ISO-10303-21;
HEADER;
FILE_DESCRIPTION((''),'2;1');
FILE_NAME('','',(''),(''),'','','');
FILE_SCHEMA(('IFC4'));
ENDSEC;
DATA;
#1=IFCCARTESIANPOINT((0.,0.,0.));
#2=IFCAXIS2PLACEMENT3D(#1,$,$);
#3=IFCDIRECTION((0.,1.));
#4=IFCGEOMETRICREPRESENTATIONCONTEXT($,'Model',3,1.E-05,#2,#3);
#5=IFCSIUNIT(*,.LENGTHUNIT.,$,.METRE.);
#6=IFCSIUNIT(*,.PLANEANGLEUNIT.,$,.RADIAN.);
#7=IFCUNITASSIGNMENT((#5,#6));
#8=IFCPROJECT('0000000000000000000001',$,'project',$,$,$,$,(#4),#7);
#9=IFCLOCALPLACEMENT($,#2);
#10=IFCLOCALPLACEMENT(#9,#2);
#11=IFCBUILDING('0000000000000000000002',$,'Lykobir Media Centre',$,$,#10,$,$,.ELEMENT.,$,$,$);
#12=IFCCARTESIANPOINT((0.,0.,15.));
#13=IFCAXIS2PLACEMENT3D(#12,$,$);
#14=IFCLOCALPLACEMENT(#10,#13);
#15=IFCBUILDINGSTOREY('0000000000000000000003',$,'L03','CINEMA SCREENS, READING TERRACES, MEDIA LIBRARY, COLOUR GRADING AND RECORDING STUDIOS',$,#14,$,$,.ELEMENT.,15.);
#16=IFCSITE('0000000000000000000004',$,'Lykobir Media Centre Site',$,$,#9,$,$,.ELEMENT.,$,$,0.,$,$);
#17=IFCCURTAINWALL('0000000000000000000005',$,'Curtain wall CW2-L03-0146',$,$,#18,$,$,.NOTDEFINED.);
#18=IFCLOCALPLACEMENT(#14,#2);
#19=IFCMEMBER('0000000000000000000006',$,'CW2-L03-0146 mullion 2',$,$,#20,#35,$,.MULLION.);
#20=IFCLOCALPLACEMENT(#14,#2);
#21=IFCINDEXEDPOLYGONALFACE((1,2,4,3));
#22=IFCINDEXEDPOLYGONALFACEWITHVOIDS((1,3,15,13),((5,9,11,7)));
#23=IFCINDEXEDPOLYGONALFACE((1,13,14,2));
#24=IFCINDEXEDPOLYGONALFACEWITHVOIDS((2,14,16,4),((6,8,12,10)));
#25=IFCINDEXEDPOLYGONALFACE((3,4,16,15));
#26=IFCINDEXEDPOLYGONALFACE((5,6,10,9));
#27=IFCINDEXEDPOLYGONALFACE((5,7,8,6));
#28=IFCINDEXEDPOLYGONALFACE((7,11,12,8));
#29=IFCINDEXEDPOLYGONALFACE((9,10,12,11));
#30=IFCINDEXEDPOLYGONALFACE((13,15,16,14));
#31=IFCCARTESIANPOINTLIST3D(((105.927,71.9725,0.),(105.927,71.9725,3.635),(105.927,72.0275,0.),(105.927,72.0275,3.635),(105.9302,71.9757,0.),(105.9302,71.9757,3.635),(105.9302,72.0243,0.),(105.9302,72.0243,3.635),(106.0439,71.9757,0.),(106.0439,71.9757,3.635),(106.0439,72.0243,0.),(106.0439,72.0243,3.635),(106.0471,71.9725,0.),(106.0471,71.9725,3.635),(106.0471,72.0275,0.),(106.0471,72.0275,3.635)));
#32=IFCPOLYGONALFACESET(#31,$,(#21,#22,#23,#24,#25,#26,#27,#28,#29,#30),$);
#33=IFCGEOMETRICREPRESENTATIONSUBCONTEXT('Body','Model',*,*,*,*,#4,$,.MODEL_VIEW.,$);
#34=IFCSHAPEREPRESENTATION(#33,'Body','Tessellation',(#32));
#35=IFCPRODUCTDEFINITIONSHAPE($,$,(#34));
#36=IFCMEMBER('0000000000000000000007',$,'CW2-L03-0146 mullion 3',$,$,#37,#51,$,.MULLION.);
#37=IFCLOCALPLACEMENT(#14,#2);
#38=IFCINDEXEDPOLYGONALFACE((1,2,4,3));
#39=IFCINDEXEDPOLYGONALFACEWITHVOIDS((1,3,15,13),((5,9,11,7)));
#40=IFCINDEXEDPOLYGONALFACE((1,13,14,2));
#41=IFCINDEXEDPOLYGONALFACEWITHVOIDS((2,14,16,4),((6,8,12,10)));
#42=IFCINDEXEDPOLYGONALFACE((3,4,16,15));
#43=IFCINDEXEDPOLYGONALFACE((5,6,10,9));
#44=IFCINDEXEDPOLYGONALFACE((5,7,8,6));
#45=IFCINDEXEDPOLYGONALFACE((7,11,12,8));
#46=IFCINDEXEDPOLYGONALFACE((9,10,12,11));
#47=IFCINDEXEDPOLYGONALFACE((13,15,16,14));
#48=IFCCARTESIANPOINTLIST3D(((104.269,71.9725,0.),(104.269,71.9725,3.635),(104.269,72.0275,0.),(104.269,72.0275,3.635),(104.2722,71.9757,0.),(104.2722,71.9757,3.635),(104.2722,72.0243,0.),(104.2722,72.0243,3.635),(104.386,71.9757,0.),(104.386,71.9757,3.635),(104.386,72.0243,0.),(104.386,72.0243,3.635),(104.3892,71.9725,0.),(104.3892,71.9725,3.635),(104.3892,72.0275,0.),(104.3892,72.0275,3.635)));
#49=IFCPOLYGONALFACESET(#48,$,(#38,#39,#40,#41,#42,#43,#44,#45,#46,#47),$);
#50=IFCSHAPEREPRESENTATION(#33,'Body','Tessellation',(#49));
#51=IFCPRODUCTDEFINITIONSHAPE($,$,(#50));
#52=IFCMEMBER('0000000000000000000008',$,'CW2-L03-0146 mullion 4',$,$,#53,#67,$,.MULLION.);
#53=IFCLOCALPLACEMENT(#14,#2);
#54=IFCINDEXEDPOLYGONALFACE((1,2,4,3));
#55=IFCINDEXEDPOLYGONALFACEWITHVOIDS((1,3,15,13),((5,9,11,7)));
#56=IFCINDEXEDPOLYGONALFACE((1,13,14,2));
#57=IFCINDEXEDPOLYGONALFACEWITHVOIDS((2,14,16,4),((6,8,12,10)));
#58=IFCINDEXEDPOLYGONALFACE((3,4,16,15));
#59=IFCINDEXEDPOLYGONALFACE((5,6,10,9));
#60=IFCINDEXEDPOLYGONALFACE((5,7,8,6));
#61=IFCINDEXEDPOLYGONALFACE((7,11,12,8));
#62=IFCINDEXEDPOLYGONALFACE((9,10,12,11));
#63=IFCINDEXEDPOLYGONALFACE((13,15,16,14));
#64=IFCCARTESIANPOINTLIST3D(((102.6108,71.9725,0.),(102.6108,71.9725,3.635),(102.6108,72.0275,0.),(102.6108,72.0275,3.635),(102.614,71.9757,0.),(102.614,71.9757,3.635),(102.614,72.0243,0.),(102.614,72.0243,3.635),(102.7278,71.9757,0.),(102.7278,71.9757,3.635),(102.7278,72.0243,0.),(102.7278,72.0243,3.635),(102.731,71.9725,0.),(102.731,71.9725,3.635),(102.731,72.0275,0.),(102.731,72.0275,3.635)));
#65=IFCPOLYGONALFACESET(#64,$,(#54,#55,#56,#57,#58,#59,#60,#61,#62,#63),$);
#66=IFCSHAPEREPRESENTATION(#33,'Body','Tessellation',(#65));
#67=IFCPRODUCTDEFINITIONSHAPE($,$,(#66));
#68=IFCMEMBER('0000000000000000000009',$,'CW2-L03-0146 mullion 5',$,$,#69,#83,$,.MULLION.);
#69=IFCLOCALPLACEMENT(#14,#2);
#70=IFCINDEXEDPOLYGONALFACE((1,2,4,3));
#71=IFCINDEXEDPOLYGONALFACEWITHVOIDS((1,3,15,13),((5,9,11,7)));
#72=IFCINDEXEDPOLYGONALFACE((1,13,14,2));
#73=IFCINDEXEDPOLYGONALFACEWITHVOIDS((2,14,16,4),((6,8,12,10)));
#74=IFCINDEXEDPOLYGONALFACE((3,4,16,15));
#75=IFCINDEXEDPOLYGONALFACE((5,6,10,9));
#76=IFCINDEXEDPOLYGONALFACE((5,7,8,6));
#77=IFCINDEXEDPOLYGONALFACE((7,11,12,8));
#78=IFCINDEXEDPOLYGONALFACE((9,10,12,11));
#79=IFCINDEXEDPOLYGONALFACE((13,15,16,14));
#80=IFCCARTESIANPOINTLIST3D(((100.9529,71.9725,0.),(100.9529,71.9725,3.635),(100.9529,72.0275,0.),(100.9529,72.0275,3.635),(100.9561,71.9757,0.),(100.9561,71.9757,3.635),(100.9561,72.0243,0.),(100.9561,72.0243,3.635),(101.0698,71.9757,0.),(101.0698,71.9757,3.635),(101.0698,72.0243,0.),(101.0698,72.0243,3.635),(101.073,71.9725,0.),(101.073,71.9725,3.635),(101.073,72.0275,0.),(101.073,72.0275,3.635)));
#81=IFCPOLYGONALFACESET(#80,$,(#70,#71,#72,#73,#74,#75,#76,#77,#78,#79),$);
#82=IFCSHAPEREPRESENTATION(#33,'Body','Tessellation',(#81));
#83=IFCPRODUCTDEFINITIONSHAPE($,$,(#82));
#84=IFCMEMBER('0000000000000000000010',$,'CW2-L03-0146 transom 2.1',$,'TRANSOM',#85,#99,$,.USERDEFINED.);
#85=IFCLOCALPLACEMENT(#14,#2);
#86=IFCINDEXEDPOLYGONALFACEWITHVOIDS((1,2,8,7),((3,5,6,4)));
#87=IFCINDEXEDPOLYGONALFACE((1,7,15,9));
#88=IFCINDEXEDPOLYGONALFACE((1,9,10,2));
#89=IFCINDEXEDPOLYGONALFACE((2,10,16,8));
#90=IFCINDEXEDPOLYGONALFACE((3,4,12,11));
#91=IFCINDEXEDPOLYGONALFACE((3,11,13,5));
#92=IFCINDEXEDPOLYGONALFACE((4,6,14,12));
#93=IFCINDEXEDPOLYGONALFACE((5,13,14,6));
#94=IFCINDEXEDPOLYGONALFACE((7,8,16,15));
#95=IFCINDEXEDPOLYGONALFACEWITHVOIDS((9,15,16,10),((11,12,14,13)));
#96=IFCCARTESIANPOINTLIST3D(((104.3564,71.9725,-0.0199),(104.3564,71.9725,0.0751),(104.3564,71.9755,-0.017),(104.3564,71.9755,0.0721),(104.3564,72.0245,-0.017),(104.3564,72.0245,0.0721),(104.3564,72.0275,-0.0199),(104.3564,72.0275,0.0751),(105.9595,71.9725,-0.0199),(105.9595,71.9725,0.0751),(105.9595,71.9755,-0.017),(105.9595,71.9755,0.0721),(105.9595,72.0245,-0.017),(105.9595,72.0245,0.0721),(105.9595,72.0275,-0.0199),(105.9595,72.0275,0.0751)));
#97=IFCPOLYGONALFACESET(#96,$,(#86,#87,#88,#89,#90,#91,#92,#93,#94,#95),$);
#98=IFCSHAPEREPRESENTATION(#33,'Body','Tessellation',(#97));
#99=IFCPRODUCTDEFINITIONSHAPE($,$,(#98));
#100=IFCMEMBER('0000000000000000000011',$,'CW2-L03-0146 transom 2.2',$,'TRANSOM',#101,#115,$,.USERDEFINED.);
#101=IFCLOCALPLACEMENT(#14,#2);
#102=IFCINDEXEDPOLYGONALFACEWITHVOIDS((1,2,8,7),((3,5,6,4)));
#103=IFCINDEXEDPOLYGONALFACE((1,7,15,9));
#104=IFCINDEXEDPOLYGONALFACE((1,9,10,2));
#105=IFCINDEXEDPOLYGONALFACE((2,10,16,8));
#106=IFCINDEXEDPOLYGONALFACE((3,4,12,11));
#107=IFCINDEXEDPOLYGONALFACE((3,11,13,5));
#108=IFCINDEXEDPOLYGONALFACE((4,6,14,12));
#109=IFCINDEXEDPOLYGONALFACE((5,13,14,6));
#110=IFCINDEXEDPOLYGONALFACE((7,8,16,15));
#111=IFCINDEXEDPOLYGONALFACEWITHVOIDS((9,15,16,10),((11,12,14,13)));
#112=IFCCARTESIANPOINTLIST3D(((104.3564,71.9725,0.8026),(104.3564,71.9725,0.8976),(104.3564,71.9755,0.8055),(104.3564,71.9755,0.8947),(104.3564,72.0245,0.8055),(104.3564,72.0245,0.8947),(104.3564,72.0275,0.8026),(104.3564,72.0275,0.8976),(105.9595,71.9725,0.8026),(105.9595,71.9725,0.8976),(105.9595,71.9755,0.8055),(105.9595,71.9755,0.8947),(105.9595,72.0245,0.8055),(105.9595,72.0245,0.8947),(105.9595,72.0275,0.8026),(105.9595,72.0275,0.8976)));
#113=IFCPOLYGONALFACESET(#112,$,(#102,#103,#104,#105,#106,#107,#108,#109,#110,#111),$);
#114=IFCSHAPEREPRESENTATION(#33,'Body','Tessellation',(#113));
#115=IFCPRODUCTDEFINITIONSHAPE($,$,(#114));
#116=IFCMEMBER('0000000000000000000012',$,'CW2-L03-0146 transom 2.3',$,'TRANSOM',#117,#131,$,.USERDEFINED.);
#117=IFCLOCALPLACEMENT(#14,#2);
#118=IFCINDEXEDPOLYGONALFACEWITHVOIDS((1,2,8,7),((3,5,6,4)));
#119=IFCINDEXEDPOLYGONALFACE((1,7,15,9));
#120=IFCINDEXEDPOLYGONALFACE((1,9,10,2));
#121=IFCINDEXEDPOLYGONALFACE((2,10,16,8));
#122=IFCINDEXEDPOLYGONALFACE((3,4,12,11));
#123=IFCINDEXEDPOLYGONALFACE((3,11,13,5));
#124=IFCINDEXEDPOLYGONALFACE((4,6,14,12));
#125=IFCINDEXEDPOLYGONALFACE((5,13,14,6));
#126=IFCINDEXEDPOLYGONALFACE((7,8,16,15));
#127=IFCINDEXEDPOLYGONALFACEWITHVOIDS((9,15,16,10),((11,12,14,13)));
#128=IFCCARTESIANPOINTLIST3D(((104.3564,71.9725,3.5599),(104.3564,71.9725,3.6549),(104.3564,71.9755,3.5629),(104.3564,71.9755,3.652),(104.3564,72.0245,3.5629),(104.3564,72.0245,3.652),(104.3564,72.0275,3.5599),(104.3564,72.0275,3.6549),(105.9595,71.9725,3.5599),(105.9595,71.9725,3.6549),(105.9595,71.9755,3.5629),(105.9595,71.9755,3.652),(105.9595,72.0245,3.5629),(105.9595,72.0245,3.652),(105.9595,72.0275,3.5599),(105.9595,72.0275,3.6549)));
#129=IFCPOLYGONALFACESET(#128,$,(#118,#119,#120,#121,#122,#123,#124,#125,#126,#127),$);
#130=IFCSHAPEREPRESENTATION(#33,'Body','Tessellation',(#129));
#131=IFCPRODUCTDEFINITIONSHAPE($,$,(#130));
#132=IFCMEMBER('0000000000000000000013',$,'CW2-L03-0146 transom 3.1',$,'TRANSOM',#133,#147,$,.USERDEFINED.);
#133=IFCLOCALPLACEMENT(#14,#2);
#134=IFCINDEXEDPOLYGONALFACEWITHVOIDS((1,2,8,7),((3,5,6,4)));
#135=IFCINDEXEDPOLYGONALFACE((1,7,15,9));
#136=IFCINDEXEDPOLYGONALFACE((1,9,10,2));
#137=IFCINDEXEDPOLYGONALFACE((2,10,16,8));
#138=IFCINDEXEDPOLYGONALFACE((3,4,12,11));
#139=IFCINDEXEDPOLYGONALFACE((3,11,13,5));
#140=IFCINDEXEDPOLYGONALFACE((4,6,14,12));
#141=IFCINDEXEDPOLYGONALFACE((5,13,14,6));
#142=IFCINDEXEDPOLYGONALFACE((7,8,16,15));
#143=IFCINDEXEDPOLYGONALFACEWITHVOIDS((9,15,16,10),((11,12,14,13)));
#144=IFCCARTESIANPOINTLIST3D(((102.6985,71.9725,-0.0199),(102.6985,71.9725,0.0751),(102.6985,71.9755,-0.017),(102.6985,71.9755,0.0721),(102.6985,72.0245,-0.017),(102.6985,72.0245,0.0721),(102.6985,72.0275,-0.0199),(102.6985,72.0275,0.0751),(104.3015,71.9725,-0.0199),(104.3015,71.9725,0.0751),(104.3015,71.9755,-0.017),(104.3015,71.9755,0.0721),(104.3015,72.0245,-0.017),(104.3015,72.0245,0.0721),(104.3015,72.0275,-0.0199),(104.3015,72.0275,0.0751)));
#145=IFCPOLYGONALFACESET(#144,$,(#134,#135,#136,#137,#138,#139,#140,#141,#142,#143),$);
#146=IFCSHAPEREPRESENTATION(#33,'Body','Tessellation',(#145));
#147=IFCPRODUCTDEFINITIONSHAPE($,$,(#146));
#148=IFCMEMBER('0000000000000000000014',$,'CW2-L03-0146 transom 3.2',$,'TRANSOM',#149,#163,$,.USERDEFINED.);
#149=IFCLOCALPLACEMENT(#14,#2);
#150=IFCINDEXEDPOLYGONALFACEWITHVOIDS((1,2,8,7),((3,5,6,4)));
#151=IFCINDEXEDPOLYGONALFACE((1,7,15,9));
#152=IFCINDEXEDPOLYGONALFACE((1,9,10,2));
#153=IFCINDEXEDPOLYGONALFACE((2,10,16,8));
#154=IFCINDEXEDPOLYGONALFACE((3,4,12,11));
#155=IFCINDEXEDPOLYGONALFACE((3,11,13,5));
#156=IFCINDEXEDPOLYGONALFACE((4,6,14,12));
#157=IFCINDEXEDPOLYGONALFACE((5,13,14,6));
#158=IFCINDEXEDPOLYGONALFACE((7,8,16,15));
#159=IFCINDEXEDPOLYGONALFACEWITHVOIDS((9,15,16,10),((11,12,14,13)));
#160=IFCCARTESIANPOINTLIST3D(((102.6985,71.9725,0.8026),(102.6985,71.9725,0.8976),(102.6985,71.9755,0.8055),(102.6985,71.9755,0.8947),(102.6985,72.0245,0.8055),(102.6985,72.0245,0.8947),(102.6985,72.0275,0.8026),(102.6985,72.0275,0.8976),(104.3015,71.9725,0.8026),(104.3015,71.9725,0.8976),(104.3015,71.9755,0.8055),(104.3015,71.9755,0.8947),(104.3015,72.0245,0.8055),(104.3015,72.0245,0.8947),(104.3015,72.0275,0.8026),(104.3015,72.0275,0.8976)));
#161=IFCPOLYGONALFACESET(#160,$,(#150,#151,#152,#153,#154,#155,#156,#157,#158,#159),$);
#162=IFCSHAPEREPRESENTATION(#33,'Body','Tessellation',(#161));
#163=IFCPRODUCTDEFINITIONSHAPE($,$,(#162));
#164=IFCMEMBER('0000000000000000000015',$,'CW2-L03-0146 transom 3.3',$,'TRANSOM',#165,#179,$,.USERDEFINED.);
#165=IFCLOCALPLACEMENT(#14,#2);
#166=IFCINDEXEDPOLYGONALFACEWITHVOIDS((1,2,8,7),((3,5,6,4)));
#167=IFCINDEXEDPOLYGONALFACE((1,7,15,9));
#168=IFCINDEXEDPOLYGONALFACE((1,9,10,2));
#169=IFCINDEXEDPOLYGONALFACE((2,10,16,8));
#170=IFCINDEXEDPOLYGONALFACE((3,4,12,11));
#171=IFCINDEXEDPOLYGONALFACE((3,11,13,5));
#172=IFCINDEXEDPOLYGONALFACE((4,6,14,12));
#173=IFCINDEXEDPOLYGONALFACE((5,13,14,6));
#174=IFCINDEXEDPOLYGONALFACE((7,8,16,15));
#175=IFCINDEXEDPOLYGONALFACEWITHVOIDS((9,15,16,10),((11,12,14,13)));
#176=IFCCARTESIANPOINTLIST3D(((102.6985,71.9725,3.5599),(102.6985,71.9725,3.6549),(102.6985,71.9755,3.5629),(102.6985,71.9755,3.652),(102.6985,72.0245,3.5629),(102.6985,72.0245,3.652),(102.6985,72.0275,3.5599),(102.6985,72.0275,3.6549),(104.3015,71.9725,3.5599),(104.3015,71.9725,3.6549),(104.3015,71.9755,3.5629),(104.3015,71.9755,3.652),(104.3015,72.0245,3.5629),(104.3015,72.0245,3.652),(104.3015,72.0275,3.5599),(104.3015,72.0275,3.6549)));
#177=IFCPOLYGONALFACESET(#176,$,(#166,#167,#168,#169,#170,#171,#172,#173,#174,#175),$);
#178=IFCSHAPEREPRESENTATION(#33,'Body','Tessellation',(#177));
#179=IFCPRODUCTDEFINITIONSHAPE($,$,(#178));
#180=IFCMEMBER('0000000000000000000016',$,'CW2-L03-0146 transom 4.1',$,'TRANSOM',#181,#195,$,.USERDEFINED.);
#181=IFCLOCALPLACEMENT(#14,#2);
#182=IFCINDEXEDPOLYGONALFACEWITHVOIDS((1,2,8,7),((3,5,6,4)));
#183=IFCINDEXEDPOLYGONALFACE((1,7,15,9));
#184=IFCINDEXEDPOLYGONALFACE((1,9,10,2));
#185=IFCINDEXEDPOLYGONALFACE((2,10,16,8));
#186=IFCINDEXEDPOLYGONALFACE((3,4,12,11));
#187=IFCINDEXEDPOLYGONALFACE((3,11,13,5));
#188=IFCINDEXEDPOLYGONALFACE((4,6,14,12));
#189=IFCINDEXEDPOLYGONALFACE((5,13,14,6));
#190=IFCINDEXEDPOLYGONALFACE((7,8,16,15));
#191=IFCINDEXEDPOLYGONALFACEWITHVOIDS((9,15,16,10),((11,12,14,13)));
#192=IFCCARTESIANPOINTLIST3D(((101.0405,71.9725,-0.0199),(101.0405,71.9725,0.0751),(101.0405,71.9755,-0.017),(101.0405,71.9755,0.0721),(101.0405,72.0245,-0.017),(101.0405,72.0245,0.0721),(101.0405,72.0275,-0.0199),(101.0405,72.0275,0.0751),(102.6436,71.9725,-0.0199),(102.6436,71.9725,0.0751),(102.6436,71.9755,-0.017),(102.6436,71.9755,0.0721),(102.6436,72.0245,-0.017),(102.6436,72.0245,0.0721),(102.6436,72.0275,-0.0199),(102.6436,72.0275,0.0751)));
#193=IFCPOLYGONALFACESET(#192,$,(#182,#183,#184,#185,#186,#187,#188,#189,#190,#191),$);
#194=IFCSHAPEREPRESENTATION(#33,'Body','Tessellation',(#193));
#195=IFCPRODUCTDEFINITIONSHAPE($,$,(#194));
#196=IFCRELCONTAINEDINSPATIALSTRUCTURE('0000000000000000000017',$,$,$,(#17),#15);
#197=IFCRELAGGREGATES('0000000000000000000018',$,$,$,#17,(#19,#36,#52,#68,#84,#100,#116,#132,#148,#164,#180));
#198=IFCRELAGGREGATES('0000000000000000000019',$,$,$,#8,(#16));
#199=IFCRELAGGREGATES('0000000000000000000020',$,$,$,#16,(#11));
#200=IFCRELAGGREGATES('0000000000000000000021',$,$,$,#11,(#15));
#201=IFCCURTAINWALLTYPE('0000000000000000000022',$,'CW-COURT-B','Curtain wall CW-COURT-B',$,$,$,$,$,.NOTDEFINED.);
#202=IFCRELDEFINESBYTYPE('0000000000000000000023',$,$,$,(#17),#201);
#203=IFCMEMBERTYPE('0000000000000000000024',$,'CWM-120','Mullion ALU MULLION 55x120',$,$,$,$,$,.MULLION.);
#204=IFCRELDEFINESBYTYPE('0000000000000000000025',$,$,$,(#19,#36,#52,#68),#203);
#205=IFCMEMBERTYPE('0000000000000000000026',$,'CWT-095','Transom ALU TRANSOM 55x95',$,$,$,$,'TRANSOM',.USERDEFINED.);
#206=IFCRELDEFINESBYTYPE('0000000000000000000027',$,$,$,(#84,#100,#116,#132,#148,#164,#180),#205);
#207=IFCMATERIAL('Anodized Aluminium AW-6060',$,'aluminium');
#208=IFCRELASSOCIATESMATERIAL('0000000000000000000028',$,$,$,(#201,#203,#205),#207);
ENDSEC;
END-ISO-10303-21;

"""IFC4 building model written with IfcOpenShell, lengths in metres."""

from ifc_helpers import new_model, si_unit, direction, frame, origin, origin_2d, place, context, subcontext, project, spatial, hollow_rectangle, extrude, material, material_profile, profile_set, type_object, element, aggregate, save


model = new_model("IFC4")

# Units and contexts
model_context = context("Model", 3, precision=1e-05, world=origin(), true_north=direction((0.0, 1.0)))
body_context = subcontext(model_context, "Body", "Model", "MODEL_VIEW")
ifc_project = project(units=[si_unit("LENGTHUNIT", "METRE"), si_unit("PLANEANGLEUNIT", "RADIAN")], contexts=[model_context])

# Site, building, storey
site_placement = place(None, origin())
site = spatial("IfcSite", under=ifc_project, at=site_placement, Name="Lykobir Media Centre Site", CompositionType="ELEMENT", RefElevation=0.0)
building_placement = place(site_placement, origin())
building = spatial("IfcBuilding", under=site, at=building_placement, Name="Lykobir Media Centre", CompositionType="ELEMENT")
storey_placement = place(building_placement, frame((0.0, 0.0, 15.0)))
storey = spatial("IfcBuildingStorey", under=building, at=storey_placement, Name="L03", Description="CINEMA SCREENS, READING TERRACES, MEDIA LIBRARY, COLOUR GRADING AND RECORDING STUDIOS", CompositionType="ELEMENT", Elevation=15.0)

# Curtain wall, members
ifc_material_1 = material(Name="Anodized Aluminium AW-6060", Category="aluminium")
curtain_wall_type = type_object("IfcCurtainWallType", Name="CW-COURT-B", Description="Curtain wall CW-COURT-B", PredefinedType="NOTDEFINED", material=ifc_material_1)
curtain_wall_placement = place(storey_placement, origin())
curtain_wall = element("IfcCurtainWall", 1, at=curtain_wall_placement, inside=storey, type_object=curtain_wall_type, Name="Curtain wall CW2-L03-0146", PredefinedType="NOTDEFINED")
ifc_material_profile_1 = material_profile(ifc_material_1, hollow_rectangle(XDim=0.0549, YDim=0.1201, WallThickness=0.0032, at=origin_2d()), Name="ALU MULLION 55x120")
ifc_profile_set_1 = profile_set([ifc_material_profile_1], Name="Anodized Aluminium AW-6060")
member_type_1 = type_object("IfcMemberType", Name="CWM-120", Description="Mullion ALU MULLION 55x120", PredefinedType="MULLION", material=ifc_profile_set_1)
member_1_placement = place(storey_placement, frame((105.9871, 72.0, 0.0), z_axis=(0.0, 0.0, 1.0), x_axis=(0.0, -1.0, 0.0)))
member_1 = element("IfcMember", 2, at=member_1_placement, type_object=member_type_1, Name="CW2-L03-0146 mullion 2", PredefinedType="MULLION", context=body_context, shape_type="SweptSolid", body=[
    extrude(hollow_rectangle(XDim=0.0549, YDim=0.1201, WallThickness=0.0032, at=origin_2d()), origin(), (0.0, 0.0, 1.0), 3.635),
])
member_2_placement = place(storey_placement, frame((104.3291, 72.0, 0.0), z_axis=(0.0, 0.0, 1.0), x_axis=(0.0, -1.0, 0.0)))
member_2 = element("IfcMember", 3, at=member_2_placement, type_object=member_type_1, Name="CW2-L03-0146 mullion 3", PredefinedType="MULLION", context=body_context, shape_type="SweptSolid", body=[
    extrude(hollow_rectangle(XDim=0.0549, YDim=0.1201, WallThickness=0.0032, at=origin_2d()), origin(), (0.0, 0.0, 1.0), 3.635),
])
member_3_placement = place(storey_placement, frame((102.6709, 72.0, 0.0), z_axis=(0.0, 0.0, 1.0), x_axis=(0.0, -1.0, 0.0)))
member_3 = element("IfcMember", 4, at=member_3_placement, type_object=member_type_1, Name="CW2-L03-0146 mullion 4", PredefinedType="MULLION", context=body_context, shape_type="SweptSolid", body=[
    extrude(hollow_rectangle(XDim=0.0549, YDim=0.1201, WallThickness=0.0032, at=origin_2d()), origin(), (0.0, 0.0, 1.0), 3.635),
])
member_4_placement = place(storey_placement, frame((101.0129, 72.0, 0.0), z_axis=(0.0, 0.0, 1.0), x_axis=(0.0, -1.0, 0.0)))
member_4 = element("IfcMember", 5, at=member_4_placement, type_object=member_type_1, Name="CW2-L03-0146 mullion 5", PredefinedType="MULLION", context=body_context, shape_type="SweptSolid", body=[
    extrude(hollow_rectangle(XDim=0.0549, YDim=0.1201, WallThickness=0.0032, at=origin_2d()), origin(), (0.0, 0.0, 1.0), 3.635),
])
ifc_material_profile_2 = material_profile(ifc_material_1, hollow_rectangle(XDim=0.0549, YDim=0.095, WallThickness=0.0029, at=origin_2d()), Name="ALU TRANSOM 55x95")
ifc_profile_set_2 = profile_set([ifc_material_profile_2], Name="Anodized Aluminium AW-6060")
member_type_2 = type_object("IfcMemberType", Name="CWT-095", Description="Transom ALU TRANSOM 55x95", ElementType="TRANSOM", PredefinedType="USERDEFINED", material=ifc_profile_set_2)
member_5_placement = place(storey_placement, frame((105.9595, 72.0, 0.0276), z_axis=(-1.0, 0.0, 0.0), x_axis=(0.0, -1.0, 0.0)))
member_5 = element("IfcMember", 6, at=member_5_placement, type_object=member_type_2, Name="CW2-L03-0146 transom 2.1", ObjectType="TRANSOM", PredefinedType="USERDEFINED", context=body_context, shape_type="SweptSolid", body=[
    extrude(hollow_rectangle(XDim=0.0549, YDim=0.095, WallThickness=0.0029, at=origin_2d()), origin(), (0.0, 0.0, 1.0), 1.603),
])
member_6_placement = place(storey_placement, frame((105.9595, 72.0, 0.8501), z_axis=(-1.0, 0.0, 0.0), x_axis=(0.0, -1.0, 0.0)))
member_6 = element("IfcMember", 7, at=member_6_placement, type_object=member_type_2, Name="CW2-L03-0146 transom 2.2", ObjectType="TRANSOM", PredefinedType="USERDEFINED", context=body_context, shape_type="SweptSolid", body=[
    extrude(hollow_rectangle(XDim=0.0549, YDim=0.095, WallThickness=0.0029, at=origin_2d()), origin(), (0.0, 0.0, 1.0), 1.603),
])
member_7_placement = place(storey_placement, frame((105.9595, 72.0, 3.6074), z_axis=(-1.0, 0.0, 0.0), x_axis=(0.0, -1.0, 0.0)))
member_7 = element("IfcMember", 8, at=member_7_placement, type_object=member_type_2, Name="CW2-L03-0146 transom 2.3", ObjectType="TRANSOM", PredefinedType="USERDEFINED", context=body_context, shape_type="SweptSolid", body=[
    extrude(hollow_rectangle(XDim=0.0549, YDim=0.095, WallThickness=0.0029, at=origin_2d()), origin(), (0.0, 0.0, 1.0), 1.603),
])
member_8_placement = place(storey_placement, frame((104.3015, 72.0, 0.0276), z_axis=(-1.0, 0.0, 0.0), x_axis=(0.0, -1.0, 0.0)))
member_8 = element("IfcMember", 9, at=member_8_placement, type_object=member_type_2, Name="CW2-L03-0146 transom 3.1", ObjectType="TRANSOM", PredefinedType="USERDEFINED", context=body_context, shape_type="SweptSolid", body=[
    extrude(hollow_rectangle(XDim=0.0549, YDim=0.095, WallThickness=0.0029, at=origin_2d()), origin(), (0.0, 0.0, 1.0), 1.603),
])
member_9_placement = place(storey_placement, frame((104.3015, 72.0, 0.8501), z_axis=(-1.0, 0.0, 0.0), x_axis=(0.0, -1.0, 0.0)))
member_9 = element("IfcMember", 10, at=member_9_placement, type_object=member_type_2, Name="CW2-L03-0146 transom 3.2", ObjectType="TRANSOM", PredefinedType="USERDEFINED", context=body_context, shape_type="SweptSolid", body=[
    extrude(hollow_rectangle(XDim=0.0549, YDim=0.095, WallThickness=0.0029, at=origin_2d()), origin(), (0.0, 0.0, 1.0), 1.603),
])
member_10_placement = place(storey_placement, frame((104.3015, 72.0, 3.6074), z_axis=(-1.0, 0.0, 0.0), x_axis=(0.0, -1.0, 0.0)))
member_10 = element("IfcMember", 11, at=member_10_placement, type_object=member_type_2, Name="CW2-L03-0146 transom 3.3", ObjectType="TRANSOM", PredefinedType="USERDEFINED", context=body_context, shape_type="SweptSolid", body=[
    extrude(hollow_rectangle(XDim=0.0549, YDim=0.095, WallThickness=0.0029, at=origin_2d()), origin(), (0.0, 0.0, 1.0), 1.603),
])
member_11_placement = place(storey_placement, frame((102.6436, 72.0, 0.0276), z_axis=(-1.0, 0.0, 0.0), x_axis=(0.0, -1.0, 0.0)))
member_11 = element("IfcMember", 12, at=member_11_placement, type_object=member_type_2, Name="CW2-L03-0146 transom 4.1", ObjectType="TRANSOM", PredefinedType="USERDEFINED", context=body_context, shape_type="SweptSolid", body=[
    extrude(hollow_rectangle(XDim=0.0549, YDim=0.095, WallThickness=0.0029, at=origin_2d()), origin(), (0.0, 0.0, 1.0), 1.603),
])
aggregate(curtain_wall, [member_1, member_2, member_3, member_4, member_5, member_6, member_7, member_8, member_9, member_10, member_11])

save(model, "model.ifc")
